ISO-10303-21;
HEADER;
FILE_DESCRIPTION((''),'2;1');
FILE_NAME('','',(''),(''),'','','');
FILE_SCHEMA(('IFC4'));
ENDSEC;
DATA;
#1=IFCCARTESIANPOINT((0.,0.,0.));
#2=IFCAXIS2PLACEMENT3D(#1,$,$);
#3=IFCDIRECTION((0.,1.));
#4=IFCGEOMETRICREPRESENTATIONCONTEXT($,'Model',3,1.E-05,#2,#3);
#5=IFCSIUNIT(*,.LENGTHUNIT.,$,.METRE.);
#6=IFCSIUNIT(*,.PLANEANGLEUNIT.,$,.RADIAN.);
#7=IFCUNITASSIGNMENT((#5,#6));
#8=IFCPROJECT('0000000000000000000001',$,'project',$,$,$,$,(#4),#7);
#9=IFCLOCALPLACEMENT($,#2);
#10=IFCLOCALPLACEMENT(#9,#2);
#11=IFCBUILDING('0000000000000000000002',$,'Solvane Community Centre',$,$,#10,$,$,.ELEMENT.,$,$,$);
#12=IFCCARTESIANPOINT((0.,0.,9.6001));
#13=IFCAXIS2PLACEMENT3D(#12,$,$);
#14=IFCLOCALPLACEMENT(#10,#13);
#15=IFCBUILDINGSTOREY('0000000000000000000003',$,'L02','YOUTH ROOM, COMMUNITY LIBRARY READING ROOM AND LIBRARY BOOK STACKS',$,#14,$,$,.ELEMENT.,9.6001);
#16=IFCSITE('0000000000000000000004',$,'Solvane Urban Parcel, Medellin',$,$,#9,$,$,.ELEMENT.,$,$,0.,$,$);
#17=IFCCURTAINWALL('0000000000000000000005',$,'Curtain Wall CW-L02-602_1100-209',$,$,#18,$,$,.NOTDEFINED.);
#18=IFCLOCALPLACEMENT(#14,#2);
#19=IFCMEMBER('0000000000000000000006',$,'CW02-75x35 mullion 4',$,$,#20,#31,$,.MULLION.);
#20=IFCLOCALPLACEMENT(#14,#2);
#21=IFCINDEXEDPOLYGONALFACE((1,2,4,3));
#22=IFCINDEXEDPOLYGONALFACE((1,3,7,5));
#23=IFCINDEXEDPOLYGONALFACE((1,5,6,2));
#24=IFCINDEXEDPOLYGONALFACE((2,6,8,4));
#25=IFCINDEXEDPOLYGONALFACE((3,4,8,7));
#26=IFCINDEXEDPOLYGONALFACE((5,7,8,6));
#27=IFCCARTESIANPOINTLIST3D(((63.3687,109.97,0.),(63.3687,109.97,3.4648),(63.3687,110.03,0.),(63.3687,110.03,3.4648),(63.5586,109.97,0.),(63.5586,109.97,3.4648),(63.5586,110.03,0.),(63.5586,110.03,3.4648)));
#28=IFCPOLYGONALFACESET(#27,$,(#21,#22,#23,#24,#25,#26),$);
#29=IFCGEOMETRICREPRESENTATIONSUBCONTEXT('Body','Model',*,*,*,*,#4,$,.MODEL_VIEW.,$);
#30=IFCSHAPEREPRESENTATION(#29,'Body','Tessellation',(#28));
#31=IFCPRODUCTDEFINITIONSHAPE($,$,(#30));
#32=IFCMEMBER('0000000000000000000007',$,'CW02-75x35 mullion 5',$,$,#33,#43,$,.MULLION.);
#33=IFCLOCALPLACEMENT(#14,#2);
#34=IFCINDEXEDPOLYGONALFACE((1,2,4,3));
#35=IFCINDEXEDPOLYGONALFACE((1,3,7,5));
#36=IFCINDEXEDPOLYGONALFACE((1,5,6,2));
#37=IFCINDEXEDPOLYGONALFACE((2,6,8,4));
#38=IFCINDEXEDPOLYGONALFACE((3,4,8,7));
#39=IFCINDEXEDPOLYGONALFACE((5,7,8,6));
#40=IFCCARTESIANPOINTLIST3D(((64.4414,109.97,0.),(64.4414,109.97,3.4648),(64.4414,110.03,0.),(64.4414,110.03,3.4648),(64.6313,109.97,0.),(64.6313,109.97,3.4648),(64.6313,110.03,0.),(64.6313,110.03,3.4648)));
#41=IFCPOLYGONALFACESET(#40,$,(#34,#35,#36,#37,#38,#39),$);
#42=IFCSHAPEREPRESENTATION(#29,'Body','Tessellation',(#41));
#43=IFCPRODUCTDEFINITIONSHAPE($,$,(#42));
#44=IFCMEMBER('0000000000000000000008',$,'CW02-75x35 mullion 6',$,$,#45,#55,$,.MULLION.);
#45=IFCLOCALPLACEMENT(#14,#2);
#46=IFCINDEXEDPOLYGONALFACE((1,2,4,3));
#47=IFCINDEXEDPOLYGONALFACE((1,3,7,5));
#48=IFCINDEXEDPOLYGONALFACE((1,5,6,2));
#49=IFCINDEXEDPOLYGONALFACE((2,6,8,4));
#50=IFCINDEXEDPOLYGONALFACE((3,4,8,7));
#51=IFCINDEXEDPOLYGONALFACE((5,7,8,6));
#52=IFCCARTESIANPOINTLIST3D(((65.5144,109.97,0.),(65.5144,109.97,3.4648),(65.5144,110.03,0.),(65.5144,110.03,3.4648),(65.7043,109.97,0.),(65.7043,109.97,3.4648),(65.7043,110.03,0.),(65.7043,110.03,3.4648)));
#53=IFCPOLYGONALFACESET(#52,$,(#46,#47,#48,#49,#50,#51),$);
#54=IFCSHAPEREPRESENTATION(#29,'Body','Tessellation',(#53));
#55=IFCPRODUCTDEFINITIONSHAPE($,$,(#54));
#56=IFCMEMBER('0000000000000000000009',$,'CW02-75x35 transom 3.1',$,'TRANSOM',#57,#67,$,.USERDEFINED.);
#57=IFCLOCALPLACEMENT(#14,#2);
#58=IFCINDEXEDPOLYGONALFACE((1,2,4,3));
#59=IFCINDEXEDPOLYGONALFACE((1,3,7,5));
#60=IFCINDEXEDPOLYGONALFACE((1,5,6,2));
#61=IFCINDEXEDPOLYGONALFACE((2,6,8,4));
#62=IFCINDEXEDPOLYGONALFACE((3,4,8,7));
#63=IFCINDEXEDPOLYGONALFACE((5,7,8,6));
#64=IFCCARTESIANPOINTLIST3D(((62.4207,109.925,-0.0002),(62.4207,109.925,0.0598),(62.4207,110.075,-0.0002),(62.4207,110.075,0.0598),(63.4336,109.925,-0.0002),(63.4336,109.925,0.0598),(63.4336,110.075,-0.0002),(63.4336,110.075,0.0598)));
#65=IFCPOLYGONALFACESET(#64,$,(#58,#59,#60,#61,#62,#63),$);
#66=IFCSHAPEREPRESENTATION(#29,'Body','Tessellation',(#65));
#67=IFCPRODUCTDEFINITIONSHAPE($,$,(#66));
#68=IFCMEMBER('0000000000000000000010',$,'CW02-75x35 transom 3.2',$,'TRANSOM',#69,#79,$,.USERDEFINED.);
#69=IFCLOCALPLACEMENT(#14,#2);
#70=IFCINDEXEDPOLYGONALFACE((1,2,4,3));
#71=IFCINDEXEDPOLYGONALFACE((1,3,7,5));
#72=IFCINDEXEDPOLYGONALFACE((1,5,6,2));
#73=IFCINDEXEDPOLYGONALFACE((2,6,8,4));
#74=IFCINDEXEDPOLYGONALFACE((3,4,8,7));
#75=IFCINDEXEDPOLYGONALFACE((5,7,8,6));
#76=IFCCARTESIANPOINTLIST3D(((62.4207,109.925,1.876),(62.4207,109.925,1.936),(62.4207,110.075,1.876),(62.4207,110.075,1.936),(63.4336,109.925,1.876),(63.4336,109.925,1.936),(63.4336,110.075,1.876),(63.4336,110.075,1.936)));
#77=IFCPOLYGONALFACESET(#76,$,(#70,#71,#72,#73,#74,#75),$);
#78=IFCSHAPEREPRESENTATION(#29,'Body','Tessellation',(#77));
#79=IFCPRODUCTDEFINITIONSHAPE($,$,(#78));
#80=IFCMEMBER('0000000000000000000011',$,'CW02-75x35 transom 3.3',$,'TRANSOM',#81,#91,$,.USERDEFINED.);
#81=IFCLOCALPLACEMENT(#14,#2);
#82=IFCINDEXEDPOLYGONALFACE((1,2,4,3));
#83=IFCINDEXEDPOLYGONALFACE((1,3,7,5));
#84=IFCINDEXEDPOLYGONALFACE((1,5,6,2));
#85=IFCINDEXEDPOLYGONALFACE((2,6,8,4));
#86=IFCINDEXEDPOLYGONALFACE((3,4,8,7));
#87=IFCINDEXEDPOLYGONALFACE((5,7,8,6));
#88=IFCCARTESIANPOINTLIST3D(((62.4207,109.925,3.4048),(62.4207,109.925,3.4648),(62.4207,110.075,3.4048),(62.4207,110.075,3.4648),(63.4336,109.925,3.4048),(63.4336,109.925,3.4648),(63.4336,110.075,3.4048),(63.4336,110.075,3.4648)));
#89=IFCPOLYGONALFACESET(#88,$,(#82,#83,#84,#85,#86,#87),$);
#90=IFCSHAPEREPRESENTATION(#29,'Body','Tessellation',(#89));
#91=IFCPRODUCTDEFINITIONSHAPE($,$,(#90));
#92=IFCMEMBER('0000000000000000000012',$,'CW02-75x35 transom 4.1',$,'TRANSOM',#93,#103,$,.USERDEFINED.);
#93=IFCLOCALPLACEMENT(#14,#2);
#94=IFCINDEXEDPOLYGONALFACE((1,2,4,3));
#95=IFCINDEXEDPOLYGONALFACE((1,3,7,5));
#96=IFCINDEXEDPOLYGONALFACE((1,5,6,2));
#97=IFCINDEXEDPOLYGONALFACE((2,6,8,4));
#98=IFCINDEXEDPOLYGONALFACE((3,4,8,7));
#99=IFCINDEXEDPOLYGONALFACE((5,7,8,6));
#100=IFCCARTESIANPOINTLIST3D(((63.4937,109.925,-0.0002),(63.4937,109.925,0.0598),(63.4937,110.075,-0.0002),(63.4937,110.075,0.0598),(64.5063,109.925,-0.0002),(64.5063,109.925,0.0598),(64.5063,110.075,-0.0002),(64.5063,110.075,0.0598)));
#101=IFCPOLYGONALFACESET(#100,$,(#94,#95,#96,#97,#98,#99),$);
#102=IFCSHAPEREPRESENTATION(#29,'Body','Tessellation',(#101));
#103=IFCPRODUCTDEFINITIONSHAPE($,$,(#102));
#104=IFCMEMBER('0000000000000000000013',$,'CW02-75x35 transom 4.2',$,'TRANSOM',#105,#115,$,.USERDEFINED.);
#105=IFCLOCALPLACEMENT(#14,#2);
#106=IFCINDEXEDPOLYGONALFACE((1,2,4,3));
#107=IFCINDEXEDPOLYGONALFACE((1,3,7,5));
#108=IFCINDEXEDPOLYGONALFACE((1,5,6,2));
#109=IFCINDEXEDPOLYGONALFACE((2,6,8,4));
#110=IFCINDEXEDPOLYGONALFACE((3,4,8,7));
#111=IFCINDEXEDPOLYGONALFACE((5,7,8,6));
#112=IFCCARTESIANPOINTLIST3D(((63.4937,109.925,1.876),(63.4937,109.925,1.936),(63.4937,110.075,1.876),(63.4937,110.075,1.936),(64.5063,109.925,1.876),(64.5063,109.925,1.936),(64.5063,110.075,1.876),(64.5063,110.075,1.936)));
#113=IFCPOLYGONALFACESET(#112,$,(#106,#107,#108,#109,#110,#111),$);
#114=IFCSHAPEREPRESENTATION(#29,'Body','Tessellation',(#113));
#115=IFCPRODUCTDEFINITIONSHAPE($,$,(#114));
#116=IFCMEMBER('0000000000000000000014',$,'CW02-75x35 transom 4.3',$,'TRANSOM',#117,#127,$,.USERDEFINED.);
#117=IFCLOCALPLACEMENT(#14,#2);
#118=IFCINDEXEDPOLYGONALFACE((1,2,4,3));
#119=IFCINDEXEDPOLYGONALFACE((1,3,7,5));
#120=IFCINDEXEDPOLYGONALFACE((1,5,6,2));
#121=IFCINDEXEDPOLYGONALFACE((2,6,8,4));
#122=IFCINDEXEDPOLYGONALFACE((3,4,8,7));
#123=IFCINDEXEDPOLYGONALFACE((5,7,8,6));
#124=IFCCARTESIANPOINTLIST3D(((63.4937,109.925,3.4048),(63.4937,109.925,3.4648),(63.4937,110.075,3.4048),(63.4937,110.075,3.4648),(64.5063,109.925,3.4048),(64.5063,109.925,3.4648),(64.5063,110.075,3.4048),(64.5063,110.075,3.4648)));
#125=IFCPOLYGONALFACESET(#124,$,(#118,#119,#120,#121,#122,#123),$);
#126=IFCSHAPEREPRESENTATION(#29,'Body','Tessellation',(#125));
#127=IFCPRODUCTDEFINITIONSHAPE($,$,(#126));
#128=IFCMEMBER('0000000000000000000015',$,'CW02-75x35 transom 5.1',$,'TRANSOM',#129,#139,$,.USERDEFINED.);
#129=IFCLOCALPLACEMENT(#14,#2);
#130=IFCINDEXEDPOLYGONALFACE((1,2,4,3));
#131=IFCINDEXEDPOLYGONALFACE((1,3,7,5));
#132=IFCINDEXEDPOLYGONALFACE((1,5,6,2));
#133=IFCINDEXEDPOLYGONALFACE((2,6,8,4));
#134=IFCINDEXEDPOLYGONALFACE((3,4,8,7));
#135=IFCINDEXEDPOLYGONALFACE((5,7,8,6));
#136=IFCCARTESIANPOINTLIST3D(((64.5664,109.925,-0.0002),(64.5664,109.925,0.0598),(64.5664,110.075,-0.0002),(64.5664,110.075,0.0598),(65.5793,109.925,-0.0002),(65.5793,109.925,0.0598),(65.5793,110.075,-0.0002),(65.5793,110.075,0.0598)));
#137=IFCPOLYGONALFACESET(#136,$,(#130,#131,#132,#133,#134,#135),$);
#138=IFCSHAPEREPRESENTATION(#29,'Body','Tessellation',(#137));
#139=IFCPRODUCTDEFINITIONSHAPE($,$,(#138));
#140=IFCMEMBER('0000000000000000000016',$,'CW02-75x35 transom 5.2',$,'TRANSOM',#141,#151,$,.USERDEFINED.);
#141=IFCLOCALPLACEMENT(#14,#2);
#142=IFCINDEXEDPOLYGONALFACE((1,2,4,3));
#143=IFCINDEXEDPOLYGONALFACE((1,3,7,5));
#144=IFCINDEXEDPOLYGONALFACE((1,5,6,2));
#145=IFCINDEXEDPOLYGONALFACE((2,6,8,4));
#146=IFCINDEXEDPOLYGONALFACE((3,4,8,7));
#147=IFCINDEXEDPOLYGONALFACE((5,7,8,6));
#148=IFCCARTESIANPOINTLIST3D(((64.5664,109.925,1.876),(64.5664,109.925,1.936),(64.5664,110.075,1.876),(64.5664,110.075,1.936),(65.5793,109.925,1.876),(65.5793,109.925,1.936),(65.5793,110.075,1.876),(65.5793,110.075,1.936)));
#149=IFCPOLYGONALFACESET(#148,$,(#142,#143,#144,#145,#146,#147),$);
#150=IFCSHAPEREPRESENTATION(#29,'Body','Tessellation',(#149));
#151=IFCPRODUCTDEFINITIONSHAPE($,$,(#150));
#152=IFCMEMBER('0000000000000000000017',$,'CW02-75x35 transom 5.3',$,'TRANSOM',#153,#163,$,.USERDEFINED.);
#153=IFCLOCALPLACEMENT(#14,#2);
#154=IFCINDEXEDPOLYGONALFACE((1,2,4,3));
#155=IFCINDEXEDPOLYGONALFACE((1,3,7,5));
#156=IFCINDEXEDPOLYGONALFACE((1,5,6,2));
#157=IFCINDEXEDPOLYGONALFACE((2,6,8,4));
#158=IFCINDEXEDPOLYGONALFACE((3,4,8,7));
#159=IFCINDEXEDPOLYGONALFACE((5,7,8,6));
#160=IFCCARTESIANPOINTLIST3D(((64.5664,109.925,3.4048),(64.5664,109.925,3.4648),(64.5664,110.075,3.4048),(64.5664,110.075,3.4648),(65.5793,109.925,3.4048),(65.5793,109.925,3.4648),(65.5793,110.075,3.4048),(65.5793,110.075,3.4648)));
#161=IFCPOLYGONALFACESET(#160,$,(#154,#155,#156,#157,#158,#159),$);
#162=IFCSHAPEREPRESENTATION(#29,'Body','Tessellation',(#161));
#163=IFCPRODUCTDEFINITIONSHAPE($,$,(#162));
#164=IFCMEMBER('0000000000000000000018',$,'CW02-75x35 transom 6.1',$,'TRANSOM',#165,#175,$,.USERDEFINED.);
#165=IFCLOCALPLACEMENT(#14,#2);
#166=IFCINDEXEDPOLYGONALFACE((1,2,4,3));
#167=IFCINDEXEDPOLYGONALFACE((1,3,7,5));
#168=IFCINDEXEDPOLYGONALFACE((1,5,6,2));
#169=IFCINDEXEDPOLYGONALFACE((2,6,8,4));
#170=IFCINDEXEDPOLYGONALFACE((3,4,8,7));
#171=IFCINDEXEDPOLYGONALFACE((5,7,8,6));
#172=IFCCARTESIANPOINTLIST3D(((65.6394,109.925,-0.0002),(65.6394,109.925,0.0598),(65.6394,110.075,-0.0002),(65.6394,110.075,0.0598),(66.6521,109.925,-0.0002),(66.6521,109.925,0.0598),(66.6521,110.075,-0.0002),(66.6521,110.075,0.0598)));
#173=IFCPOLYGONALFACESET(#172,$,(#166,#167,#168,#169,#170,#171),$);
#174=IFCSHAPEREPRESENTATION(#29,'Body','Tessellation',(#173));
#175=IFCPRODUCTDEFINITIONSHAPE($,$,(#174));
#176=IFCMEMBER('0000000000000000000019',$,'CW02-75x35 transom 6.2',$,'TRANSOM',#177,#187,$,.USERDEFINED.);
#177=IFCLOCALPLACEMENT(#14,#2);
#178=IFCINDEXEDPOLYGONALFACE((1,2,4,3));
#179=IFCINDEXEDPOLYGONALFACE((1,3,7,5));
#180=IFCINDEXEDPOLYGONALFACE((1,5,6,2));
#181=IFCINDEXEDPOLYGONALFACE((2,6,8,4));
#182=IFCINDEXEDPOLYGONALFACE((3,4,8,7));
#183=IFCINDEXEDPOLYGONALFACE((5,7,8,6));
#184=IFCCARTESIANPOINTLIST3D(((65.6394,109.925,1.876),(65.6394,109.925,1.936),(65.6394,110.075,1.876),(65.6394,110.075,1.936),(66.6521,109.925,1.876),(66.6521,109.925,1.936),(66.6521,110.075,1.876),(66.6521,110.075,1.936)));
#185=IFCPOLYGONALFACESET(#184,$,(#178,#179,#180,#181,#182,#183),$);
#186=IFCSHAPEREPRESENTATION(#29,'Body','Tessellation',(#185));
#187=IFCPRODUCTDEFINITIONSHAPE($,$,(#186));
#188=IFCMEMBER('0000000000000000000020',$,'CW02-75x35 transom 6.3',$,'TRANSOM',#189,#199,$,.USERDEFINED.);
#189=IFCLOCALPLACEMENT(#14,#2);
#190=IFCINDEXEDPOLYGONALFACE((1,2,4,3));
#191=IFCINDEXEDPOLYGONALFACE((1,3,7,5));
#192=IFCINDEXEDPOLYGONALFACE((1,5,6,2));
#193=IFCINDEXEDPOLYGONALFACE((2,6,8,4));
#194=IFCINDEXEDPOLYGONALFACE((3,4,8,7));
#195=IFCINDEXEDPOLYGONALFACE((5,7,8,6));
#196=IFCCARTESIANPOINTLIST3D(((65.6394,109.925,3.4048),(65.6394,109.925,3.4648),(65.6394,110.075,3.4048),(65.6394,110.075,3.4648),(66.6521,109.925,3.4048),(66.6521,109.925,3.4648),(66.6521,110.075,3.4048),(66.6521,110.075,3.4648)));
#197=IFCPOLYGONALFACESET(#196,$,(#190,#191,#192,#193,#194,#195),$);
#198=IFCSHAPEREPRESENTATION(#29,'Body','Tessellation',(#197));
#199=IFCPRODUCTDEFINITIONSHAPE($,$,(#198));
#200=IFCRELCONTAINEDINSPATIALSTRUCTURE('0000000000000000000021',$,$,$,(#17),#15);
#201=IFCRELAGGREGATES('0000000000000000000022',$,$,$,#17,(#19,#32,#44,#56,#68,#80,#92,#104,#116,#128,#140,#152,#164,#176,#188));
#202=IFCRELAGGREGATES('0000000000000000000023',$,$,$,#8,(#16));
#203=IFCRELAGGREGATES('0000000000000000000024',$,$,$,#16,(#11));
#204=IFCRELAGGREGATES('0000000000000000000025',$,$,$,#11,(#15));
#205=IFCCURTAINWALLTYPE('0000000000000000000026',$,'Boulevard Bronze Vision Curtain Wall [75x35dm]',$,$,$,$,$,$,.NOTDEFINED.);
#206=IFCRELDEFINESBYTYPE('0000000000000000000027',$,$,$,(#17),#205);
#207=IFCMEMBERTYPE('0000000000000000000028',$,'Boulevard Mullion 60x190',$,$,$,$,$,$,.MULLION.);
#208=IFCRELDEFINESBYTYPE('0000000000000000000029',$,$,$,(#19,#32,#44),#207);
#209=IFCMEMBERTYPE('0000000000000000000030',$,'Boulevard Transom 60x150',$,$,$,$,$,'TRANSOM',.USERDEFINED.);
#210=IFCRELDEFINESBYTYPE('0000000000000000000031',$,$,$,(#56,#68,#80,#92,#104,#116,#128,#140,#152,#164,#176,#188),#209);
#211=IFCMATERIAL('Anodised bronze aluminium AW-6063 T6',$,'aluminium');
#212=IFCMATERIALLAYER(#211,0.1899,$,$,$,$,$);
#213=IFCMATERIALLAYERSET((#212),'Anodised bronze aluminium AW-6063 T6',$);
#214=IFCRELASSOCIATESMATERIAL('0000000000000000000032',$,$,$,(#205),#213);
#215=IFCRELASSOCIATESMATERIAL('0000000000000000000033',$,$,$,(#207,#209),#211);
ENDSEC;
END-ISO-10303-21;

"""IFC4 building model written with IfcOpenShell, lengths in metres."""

from ifc_helpers import new_model, si_unit, direction, frame, origin, origin_2d, place, context, subcontext, project, spatial, rectangle, extrude, material, layer, layer_set, material_profile, profile_set, type_object, element, aggregate, save


model = new_model("IFC4")

# Units and contexts
model_context = context("Model", 3, precision=1e-05, world=origin(), true_north=direction((0.0, 1.0)))
body_context = subcontext(model_context, "Body", "Model", "MODEL_VIEW")
ifc_project = project(units=[si_unit("LENGTHUNIT", "METRE"), si_unit("PLANEANGLEUNIT", "RADIAN")], contexts=[model_context])

# Site, building, storey
site_placement = place(None, origin())
site = spatial("IfcSite", under=ifc_project, at=site_placement, Name="Solvane Urban Parcel, Medellin", CompositionType="ELEMENT", RefElevation=0.0)
building_placement = place(site_placement, origin())
building = spatial("IfcBuilding", under=site, at=building_placement, Name="Solvane Community Centre", CompositionType="ELEMENT")
storey_placement = place(building_placement, frame((0.0, 0.0, 9.6001)))
storey = spatial("IfcBuildingStorey", under=building, at=storey_placement, Name="L02", Description="YOUTH ROOM, COMMUNITY LIBRARY READING ROOM AND LIBRARY BOOK STACKS", CompositionType="ELEMENT", Elevation=9.6001)

# Curtain wall, members
ifc_material_1 = material(Name="Anodised bronze aluminium AW-6063 T6", Category="aluminium")
ifc_layer_1 = layer(ifc_material_1, 0.1899)
ifc_layer_set_1 = layer_set([ifc_layer_1], Name="Anodised bronze aluminium AW-6063 T6")
curtain_wall_type = type_object("IfcCurtainWallType", Name="Boulevard Bronze Vision Curtain Wall [75x35dm]", PredefinedType="NOTDEFINED", material=ifc_layer_set_1)
curtain_wall_placement = place(storey_placement, origin())
curtain_wall = element("IfcCurtainWall", 1, at=curtain_wall_placement, inside=storey, type_object=curtain_wall_type, Name="Curtain Wall CW-L02-602_1100-209", PredefinedType="NOTDEFINED")
ifc_material_profile_1 = material_profile(ifc_material_1, rectangle(XDim=0.0601, YDim=0.1899, at=origin_2d()), Name="CW-M 60x190")
ifc_profile_set_1 = profile_set([ifc_material_profile_1], Name="Anodised bronze aluminium AW-6063 T6")
member_type_1 = type_object("IfcMemberType", Name="Boulevard Mullion 60x190", PredefinedType="MULLION", material=ifc_profile_set_1)
member_1_placement = place(storey_placement, frame((63.4636, 110.0, 0.0), z_axis=(0.0, 0.0, 1.0), x_axis=(0.0, 1.0, 0.0)))
member_1 = element("IfcMember", 2, at=member_1_placement, type_object=member_type_1, Name="CW02-75x35 mullion 4", PredefinedType="MULLION", context=body_context, shape_type="SweptSolid", body=[
    extrude(rectangle(XDim=0.0601, YDim=0.1899, at=origin_2d()), origin(), (0.0, 0.0, 1.0), 3.4648),
])
member_2_placement = place(storey_placement, frame((64.5364, 110.0, 0.0), z_axis=(0.0, 0.0, 1.0), x_axis=(0.0, 1.0, 0.0)))
member_2 = element("IfcMember", 3, at=member_2_placement, type_object=member_type_1, Name="CW02-75x35 mullion 5", PredefinedType="MULLION", context=body_context, shape_type="SweptSolid", body=[
    extrude(rectangle(XDim=0.0601, YDim=0.1899, at=origin_2d()), origin(), (0.0, 0.0, 1.0), 3.4648),
])
member_3_placement = place(storey_placement, frame((65.6094, 110.0, 0.0), z_axis=(0.0, 0.0, 1.0), x_axis=(0.0, 1.0, 0.0)))
member_3 = element("IfcMember", 4, at=member_3_placement, type_object=member_type_1, Name="CW02-75x35 mullion 6", PredefinedType="MULLION", context=body_context, shape_type="SweptSolid", body=[
    extrude(rectangle(XDim=0.0601, YDim=0.1899, at=origin_2d()), origin(), (0.0, 0.0, 1.0), 3.4648),
])
ifc_material_profile_2 = material_profile(ifc_material_1, rectangle(XDim=0.1499, YDim=0.0601, at=origin_2d()), Name="CW-T 60x150")
ifc_profile_set_2 = profile_set([ifc_material_profile_2], Name="Anodised bronze aluminium AW-6063 T6")
member_type_2 = type_object("IfcMemberType", Name="Boulevard Transom 60x150", ElementType="TRANSOM", PredefinedType="USERDEFINED", material=ifc_profile_set_2)
member_4_placement = place(storey_placement, frame((62.4207, 110.0, 0.0298), z_axis=(1.0, 0.0, 0.0), x_axis=(0.0, 1.0, 0.0)))
member_4 = element("IfcMember", 5, at=member_4_placement, type_object=member_type_2, Name="CW02-75x35 transom 3.1", ObjectType="TRANSOM", PredefinedType="USERDEFINED", context=body_context, shape_type="SweptSolid", body=[
    extrude(rectangle(XDim=0.1499, YDim=0.0601, at=origin_2d()), origin(), (0.0, 0.0, 1.0), 1.0129),
])
member_5_placement = place(storey_placement, frame((62.4207, 110.0, 1.906), z_axis=(1.0, 0.0, 0.0), x_axis=(0.0, 1.0, 0.0)))
member_5 = element("IfcMember", 6, at=member_5_placement, type_object=member_type_2, Name="CW02-75x35 transom 3.2", ObjectType="TRANSOM", PredefinedType="USERDEFINED", context=body_context, shape_type="SweptSolid", body=[
    extrude(rectangle(XDim=0.1499, YDim=0.0601, at=origin_2d()), origin(), (0.0, 0.0, 1.0), 1.0129),
])
member_6_placement = place(storey_placement, frame((62.4207, 110.0, 3.4348), z_axis=(1.0, 0.0, 0.0), x_axis=(0.0, 1.0, 0.0)))
member_6 = element("IfcMember", 7, at=member_6_placement, type_object=member_type_2, Name="CW02-75x35 transom 3.3", ObjectType="TRANSOM", PredefinedType="USERDEFINED", context=body_context, shape_type="SweptSolid", body=[
    extrude(rectangle(XDim=0.1499, YDim=0.0601, at=origin_2d()), origin(), (0.0, 0.0, 1.0), 1.0129),
])
member_7_placement = place(storey_placement, frame((63.4937, 110.0, 0.0298), z_axis=(1.0, 0.0, 0.0), x_axis=(0.0, 1.0, 0.0)))
member_7 = element("IfcMember", 8, at=member_7_placement, type_object=member_type_2, Name="CW02-75x35 transom 4.1", ObjectType="TRANSOM", PredefinedType="USERDEFINED", context=body_context, shape_type="SweptSolid", body=[
    extrude(rectangle(XDim=0.1499, YDim=0.0601, at=origin_2d()), origin(), (0.0, 0.0, 1.0), 1.0127),
])
member_8_placement = place(storey_placement, frame((63.4937, 110.0, 1.906), z_axis=(1.0, 0.0, 0.0), x_axis=(0.0, 1.0, 0.0)))
member_8 = element("IfcMember", 9, at=member_8_placement, type_object=member_type_2, Name="CW02-75x35 transom 4.2", ObjectType="TRANSOM", PredefinedType="USERDEFINED", context=body_context, shape_type="SweptSolid", body=[
    extrude(rectangle(XDim=0.1499, YDim=0.0601, at=origin_2d()), origin(), (0.0, 0.0, 1.0), 1.0127),
])
member_9_placement = place(storey_placement, frame((63.4937, 110.0, 3.4348), z_axis=(1.0, 0.0, 0.0), x_axis=(0.0, 1.0, 0.0)))
member_9 = element("IfcMember", 10, at=member_9_placement, type_object=member_type_2, Name="CW02-75x35 transom 4.3", ObjectType="TRANSOM", PredefinedType="USERDEFINED", context=body_context, shape_type="SweptSolid", body=[
    extrude(rectangle(XDim=0.1499, YDim=0.0601, at=origin_2d()), origin(), (0.0, 0.0, 1.0), 1.0127),
])
member_10_placement = place(storey_placement, frame((64.5664, 110.0, 0.0298), z_axis=(1.0, 0.0, 0.0), x_axis=(0.0, 1.0, 0.0)))
member_10 = element("IfcMember", 11, at=member_10_placement, type_object=member_type_2, Name="CW02-75x35 transom 5.1", ObjectType="TRANSOM", PredefinedType="USERDEFINED", context=body_context, shape_type="SweptSolid", body=[
    extrude(rectangle(XDim=0.1499, YDim=0.0601, at=origin_2d()), origin(), (0.0, 0.0, 1.0), 1.0129),
])
member_11_placement = place(storey_placement, frame((64.5664, 110.0, 1.906), z_axis=(1.0, 0.0, 0.0), x_axis=(0.0, 1.0, 0.0)))
member_11 = element("IfcMember", 12, at=member_11_placement, type_object=member_type_2, Name="CW02-75x35 transom 5.2", ObjectType="TRANSOM", PredefinedType="USERDEFINED", context=body_context, shape_type="SweptSolid", body=[
    extrude(rectangle(XDim=0.1499, YDim=0.0601, at=origin_2d()), origin(), (0.0, 0.0, 1.0), 1.0129),
])
member_12_placement = place(storey_placement, frame((64.5664, 110.0, 3.4348), z_axis=(1.0, 0.0, 0.0), x_axis=(0.0, 1.0, 0.0)))
member_12 = element("IfcMember", 13, at=member_12_placement, type_object=member_type_2, Name="CW02-75x35 transom 5.3", ObjectType="TRANSOM", PredefinedType="USERDEFINED", context=body_context, shape_type="SweptSolid", body=[
    extrude(rectangle(XDim=0.1499, YDim=0.0601, at=origin_2d()), origin(), (0.0, 0.0, 1.0), 1.0129),
])
member_13_placement = place(storey_placement, frame((65.6394, 110.0, 0.0298), z_axis=(1.0, 0.0, 0.0), x_axis=(0.0, 1.0, 0.0)))
member_13 = element("IfcMember", 14, at=member_13_placement, type_object=member_type_2, Name="CW02-75x35 transom 6.1", ObjectType="TRANSOM", PredefinedType="USERDEFINED", context=body_context, shape_type="SweptSolid", body=[
    extrude(rectangle(XDim=0.1499, YDim=0.0601, at=origin_2d()), origin(), (0.0, 0.0, 1.0), 1.0127),
])
member_14_placement = place(storey_placement, frame((65.6394, 110.0, 1.906), z_axis=(1.0, 0.0, 0.0), x_axis=(0.0, 1.0, 0.0)))
member_14 = element("IfcMember", 15, at=member_14_placement, type_object=member_type_2, Name="CW02-75x35 transom 6.2", ObjectType="TRANSOM", PredefinedType="USERDEFINED", context=body_context, shape_type="SweptSolid", body=[
    extrude(rectangle(XDim=0.1499, YDim=0.0601, at=origin_2d()), origin(), (0.0, 0.0, 1.0), 1.0127),
])
member_15_placement = place(storey_placement, frame((65.6394, 110.0, 3.4348), z_axis=(1.0, 0.0, 0.0), x_axis=(0.0, 1.0, 0.0)))
member_15 = element("IfcMember", 16, at=member_15_placement, type_object=member_type_2, Name="CW02-75x35 transom 6.3", ObjectType="TRANSOM", PredefinedType="USERDEFINED", context=body_context, shape_type="SweptSolid", body=[
    extrude(rectangle(XDim=0.1499, YDim=0.0601, at=origin_2d()), origin(), (0.0, 0.0, 1.0), 1.0127),
])
aggregate(curtain_wall, [member_1, member_2, member_3, member_4, member_5, member_6, member_7, member_8, member_9, member_10, member_11, member_12, member_13, member_14, member_15])

save(model, "model.ifc")
